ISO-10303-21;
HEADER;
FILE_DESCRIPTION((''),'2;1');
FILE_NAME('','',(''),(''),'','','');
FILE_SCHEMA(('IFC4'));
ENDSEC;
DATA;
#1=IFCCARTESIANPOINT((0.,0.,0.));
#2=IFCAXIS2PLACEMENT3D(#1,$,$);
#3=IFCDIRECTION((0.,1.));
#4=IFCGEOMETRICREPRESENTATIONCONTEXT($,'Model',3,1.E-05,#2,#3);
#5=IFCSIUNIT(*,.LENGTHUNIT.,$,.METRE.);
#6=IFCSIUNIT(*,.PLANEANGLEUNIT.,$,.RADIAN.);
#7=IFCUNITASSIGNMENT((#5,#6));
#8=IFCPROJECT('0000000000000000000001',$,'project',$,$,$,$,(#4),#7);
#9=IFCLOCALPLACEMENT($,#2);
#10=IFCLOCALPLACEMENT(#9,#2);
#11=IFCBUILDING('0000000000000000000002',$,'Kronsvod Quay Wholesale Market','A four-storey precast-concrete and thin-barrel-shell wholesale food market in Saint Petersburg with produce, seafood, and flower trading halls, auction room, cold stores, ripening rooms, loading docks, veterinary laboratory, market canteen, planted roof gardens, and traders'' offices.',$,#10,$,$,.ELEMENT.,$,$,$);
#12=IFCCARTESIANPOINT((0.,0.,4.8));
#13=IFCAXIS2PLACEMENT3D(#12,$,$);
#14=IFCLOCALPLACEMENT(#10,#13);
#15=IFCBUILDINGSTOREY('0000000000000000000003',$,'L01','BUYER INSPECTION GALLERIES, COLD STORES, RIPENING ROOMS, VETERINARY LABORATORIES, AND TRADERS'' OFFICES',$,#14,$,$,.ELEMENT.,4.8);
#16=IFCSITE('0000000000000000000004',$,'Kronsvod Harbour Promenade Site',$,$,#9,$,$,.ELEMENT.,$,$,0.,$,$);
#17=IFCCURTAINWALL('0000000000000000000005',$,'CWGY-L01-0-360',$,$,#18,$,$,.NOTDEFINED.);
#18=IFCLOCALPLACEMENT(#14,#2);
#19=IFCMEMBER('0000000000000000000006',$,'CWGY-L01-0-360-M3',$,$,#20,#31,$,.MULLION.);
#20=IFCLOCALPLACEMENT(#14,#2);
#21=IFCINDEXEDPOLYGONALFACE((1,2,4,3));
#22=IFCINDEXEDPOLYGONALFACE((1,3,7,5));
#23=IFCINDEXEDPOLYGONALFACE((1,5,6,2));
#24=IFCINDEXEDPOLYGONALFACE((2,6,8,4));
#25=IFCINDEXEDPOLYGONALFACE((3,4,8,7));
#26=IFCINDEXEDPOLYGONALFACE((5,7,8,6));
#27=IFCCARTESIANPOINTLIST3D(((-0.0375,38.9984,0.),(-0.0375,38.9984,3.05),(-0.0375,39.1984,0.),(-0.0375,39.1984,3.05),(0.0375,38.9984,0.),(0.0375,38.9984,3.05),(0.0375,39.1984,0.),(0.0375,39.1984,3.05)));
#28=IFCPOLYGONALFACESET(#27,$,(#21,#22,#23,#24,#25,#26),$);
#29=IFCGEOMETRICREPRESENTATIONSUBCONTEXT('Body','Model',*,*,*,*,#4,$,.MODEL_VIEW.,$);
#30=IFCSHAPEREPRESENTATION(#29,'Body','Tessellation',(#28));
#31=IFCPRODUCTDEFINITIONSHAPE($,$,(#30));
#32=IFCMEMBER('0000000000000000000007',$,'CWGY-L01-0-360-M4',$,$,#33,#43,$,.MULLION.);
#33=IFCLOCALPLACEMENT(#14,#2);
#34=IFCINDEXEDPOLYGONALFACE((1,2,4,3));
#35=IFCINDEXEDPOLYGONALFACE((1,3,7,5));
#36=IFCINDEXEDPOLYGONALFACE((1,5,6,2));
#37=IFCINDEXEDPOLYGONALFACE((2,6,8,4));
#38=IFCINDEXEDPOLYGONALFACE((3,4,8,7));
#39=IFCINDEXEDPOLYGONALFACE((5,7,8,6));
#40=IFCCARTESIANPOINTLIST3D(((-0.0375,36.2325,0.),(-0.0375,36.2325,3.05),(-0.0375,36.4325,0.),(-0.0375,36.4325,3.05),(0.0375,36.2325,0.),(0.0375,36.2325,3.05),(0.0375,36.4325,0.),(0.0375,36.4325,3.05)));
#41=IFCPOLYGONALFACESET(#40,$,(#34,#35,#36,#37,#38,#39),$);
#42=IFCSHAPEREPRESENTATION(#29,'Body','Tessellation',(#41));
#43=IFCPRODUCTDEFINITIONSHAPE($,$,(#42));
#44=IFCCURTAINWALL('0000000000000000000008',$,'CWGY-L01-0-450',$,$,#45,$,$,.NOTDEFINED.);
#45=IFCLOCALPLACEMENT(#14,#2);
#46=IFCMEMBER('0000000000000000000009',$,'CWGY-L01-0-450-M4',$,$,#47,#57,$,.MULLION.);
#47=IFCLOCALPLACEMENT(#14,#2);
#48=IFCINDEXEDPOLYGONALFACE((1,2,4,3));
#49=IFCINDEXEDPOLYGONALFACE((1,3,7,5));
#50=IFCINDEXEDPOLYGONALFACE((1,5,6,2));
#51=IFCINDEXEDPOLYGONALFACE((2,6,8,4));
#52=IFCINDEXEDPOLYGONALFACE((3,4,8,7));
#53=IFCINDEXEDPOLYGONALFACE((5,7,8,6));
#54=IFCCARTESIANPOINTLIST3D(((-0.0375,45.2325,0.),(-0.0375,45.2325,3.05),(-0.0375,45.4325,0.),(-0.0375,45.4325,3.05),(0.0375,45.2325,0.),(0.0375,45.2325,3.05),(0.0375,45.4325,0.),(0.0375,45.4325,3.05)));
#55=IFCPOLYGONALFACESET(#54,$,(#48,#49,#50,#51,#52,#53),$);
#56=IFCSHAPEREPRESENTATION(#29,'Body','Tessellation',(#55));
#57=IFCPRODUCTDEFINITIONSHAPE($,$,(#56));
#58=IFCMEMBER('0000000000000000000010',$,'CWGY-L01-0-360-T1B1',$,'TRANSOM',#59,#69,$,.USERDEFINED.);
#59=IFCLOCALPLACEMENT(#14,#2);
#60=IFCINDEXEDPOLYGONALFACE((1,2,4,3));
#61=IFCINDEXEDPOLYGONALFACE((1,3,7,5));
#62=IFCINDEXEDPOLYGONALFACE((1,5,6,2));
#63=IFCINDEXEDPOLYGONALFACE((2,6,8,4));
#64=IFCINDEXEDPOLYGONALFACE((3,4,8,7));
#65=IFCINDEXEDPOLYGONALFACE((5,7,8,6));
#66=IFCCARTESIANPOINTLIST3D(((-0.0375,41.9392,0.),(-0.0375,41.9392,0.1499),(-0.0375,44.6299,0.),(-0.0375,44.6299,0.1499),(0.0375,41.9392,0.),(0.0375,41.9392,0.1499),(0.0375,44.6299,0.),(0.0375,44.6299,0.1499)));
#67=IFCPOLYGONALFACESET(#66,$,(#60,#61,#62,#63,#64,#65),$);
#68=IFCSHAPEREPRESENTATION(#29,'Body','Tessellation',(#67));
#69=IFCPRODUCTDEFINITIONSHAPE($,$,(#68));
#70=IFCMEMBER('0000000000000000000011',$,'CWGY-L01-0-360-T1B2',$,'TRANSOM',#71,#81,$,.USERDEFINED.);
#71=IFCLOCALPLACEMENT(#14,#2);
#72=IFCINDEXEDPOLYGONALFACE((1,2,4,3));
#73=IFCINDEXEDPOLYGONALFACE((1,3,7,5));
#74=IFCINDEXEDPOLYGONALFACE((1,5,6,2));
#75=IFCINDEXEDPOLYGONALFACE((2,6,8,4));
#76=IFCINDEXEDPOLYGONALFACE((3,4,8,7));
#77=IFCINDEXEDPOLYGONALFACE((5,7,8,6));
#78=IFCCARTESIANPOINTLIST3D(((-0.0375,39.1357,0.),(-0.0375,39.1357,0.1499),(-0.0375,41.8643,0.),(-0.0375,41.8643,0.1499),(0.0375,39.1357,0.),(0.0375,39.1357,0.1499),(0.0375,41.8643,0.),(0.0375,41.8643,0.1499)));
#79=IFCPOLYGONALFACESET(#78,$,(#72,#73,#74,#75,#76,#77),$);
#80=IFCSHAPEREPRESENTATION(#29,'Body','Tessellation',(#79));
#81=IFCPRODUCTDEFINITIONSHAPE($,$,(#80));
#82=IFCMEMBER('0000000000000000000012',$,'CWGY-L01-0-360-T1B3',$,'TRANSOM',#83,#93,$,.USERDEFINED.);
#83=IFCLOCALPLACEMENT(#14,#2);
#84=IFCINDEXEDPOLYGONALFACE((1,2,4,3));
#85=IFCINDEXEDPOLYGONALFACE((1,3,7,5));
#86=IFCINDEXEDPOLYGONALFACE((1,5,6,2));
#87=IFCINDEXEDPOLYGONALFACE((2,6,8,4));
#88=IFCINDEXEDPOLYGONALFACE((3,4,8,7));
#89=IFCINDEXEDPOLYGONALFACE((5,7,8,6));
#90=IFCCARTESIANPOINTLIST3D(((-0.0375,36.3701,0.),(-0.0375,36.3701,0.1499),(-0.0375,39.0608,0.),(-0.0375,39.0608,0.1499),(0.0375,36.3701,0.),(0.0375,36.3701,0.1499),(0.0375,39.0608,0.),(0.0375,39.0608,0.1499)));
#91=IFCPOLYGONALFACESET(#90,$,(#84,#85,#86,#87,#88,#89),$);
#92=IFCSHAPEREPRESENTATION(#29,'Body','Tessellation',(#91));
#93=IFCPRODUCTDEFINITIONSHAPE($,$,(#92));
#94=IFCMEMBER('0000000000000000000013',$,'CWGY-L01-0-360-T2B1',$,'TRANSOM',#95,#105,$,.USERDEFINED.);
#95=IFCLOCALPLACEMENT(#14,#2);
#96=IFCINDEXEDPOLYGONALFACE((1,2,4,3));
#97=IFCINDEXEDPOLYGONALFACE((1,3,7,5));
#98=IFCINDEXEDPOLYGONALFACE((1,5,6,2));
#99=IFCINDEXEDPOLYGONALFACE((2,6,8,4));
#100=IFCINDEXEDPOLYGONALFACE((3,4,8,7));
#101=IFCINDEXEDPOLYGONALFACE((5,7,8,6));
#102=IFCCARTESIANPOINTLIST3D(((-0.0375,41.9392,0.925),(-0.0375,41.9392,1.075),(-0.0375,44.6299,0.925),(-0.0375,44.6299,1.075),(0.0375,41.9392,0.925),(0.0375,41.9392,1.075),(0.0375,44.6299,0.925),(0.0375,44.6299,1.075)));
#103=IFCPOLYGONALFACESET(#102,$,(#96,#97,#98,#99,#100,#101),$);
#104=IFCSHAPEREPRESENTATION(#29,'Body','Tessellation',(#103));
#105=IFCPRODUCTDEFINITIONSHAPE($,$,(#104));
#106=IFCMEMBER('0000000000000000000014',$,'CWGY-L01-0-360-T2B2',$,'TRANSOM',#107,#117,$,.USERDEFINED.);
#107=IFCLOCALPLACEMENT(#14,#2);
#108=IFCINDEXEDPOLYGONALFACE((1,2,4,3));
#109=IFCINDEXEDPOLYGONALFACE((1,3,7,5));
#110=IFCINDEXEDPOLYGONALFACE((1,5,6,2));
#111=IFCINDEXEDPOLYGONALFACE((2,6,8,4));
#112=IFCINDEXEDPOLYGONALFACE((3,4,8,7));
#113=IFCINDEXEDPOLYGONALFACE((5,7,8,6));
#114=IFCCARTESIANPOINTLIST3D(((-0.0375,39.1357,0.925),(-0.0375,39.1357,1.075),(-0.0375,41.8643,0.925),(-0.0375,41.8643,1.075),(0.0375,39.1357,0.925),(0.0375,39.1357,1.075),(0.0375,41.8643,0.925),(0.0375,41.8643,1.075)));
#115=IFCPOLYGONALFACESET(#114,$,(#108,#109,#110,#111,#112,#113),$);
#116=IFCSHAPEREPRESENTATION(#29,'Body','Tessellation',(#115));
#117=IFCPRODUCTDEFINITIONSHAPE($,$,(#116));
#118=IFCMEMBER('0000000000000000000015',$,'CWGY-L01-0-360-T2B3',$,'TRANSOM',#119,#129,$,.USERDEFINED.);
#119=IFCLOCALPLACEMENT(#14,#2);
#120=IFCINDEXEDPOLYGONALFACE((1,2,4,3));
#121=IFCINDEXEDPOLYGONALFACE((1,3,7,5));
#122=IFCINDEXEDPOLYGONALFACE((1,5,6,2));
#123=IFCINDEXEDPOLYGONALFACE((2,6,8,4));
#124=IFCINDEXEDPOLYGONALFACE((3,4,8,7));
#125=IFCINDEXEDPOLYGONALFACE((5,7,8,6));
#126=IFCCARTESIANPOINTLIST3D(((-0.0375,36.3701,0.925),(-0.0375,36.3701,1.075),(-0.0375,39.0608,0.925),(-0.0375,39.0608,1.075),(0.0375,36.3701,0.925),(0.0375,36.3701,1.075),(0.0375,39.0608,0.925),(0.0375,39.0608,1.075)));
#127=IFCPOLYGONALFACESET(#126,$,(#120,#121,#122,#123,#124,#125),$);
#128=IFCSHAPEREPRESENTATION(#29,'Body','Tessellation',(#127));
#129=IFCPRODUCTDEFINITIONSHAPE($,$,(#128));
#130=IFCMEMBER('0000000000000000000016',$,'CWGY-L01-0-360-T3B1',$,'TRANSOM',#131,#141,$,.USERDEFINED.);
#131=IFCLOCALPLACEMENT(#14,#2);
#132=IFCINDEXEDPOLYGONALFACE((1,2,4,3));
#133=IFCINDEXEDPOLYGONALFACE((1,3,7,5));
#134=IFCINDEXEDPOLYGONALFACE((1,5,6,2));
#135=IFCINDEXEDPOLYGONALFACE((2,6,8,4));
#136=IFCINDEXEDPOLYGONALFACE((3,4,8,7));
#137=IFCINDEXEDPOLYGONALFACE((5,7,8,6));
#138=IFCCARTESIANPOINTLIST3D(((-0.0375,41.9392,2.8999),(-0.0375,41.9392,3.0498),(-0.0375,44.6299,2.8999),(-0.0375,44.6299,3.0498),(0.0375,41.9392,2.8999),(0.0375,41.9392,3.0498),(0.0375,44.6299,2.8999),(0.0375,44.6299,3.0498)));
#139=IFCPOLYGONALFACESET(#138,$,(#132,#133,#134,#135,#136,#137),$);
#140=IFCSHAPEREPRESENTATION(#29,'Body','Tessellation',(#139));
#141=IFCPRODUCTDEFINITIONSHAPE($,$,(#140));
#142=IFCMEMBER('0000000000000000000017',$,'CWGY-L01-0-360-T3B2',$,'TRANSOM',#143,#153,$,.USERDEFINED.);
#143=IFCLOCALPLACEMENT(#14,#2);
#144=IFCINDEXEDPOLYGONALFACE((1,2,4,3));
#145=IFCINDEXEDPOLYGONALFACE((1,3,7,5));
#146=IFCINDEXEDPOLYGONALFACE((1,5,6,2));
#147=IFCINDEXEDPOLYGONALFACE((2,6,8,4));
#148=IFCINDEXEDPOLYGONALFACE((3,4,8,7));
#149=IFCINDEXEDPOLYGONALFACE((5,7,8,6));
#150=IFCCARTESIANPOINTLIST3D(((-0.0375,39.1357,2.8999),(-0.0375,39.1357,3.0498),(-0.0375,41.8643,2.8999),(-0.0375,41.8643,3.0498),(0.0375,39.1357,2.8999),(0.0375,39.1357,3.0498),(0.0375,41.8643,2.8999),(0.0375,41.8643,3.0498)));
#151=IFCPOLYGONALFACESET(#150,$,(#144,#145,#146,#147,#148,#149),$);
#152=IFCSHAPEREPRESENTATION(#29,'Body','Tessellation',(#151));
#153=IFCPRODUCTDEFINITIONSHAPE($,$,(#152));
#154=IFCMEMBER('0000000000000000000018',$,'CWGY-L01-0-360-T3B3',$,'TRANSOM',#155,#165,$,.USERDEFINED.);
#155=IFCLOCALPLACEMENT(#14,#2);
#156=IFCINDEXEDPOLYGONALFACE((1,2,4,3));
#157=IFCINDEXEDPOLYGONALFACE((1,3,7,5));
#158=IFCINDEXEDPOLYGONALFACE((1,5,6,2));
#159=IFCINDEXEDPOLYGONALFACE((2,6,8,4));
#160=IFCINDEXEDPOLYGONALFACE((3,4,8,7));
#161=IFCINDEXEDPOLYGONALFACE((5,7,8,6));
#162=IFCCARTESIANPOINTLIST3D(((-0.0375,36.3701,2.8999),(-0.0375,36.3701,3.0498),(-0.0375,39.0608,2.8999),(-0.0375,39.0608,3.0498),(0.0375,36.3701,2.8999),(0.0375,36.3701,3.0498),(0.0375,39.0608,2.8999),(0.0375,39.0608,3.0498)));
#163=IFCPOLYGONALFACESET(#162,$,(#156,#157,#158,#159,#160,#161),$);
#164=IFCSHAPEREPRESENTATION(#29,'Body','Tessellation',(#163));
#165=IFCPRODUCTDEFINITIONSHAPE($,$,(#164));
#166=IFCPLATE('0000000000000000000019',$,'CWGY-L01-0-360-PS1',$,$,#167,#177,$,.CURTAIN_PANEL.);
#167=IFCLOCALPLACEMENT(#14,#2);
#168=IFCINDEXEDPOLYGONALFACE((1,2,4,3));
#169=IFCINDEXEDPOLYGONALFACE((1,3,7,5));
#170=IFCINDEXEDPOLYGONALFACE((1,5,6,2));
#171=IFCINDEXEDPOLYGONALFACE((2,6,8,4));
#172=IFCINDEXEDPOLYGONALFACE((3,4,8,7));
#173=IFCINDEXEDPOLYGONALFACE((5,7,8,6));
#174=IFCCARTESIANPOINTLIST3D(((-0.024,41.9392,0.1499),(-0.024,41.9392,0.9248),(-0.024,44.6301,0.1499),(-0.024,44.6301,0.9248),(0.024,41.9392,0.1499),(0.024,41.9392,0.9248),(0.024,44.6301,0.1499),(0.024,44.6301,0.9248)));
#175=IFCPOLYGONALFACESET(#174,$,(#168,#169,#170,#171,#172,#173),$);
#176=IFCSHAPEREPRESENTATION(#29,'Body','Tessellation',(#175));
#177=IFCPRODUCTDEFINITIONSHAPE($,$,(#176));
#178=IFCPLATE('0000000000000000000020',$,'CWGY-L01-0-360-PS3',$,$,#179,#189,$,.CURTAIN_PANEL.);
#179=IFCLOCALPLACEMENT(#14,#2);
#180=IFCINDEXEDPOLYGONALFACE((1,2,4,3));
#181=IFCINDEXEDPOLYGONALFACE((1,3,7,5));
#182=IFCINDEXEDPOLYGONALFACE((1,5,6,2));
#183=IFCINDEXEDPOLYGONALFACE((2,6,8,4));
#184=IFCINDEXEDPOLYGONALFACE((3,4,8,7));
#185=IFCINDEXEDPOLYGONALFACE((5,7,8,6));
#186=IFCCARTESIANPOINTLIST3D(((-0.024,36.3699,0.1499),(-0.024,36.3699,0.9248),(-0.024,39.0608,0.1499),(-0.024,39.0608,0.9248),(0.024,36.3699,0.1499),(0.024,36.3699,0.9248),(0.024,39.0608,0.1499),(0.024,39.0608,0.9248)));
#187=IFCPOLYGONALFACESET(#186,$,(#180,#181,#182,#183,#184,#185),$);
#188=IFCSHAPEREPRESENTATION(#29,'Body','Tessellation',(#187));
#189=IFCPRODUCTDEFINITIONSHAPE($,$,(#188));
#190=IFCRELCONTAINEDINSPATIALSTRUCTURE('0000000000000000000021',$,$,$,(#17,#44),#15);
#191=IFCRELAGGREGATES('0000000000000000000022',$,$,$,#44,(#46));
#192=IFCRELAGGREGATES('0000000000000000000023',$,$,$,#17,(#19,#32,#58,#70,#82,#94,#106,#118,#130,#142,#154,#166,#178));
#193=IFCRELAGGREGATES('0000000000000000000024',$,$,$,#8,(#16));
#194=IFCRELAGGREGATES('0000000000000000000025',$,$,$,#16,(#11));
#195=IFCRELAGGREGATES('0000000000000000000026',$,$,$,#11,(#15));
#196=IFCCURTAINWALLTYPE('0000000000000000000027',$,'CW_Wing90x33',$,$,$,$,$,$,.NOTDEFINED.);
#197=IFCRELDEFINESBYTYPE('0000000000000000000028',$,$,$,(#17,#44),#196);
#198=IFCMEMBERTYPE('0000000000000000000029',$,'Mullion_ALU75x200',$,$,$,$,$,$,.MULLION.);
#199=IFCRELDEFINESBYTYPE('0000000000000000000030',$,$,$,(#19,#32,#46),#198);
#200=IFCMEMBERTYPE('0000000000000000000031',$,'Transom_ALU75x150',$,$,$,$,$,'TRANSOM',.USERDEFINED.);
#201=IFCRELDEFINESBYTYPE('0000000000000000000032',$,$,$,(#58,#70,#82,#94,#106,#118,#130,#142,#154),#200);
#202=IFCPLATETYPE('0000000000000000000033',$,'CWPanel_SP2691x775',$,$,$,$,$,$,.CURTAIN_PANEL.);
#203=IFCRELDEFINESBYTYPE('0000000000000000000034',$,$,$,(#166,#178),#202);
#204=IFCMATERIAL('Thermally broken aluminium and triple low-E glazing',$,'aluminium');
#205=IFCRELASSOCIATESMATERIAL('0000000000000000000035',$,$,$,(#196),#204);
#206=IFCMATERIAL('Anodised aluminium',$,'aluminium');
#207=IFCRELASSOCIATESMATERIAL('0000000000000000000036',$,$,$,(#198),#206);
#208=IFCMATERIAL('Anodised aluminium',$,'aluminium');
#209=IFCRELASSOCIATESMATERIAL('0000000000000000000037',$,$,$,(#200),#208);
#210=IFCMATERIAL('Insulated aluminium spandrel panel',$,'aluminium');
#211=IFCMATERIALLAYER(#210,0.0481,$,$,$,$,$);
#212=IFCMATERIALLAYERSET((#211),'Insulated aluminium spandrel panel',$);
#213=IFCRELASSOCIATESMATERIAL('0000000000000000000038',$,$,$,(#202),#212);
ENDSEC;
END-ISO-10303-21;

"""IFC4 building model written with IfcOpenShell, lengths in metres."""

from ifc_helpers import new_model, si_unit, direction, frame, origin, origin_2d, place, context, subcontext, project, spatial, rectangle, extrude, material, layer, layer_set, material_profile, profile_set, type_object, element, aggregate, save


model = new_model("IFC4")

# Units and contexts
model_context = context("Model", 3, precision=1e-05, world=origin(), true_north=direction((0.0, 1.0)))
body_context = subcontext(model_context, "Body", "Model", "MODEL_VIEW")
ifc_project = project(units=[si_unit("LENGTHUNIT", "METRE"), si_unit("PLANEANGLEUNIT", "RADIAN")], contexts=[model_context])

# Site, building, storey
site_placement = place(None, origin())
site = spatial("IfcSite", under=ifc_project, at=site_placement, Name="Kronsvod Harbour Promenade Site", CompositionType="ELEMENT", RefElevation=0.0)
building_placement = place(site_placement, origin())
building = spatial("IfcBuilding", under=site, at=building_placement, Name="Kronsvod Quay Wholesale Market", Description="A four-storey precast-concrete and thin-barrel-shell wholesale food market in Saint Petersburg with produce, seafood, and flower trading halls, auction room, cold stores, ripening rooms, loading docks, veterinary laboratory, market canteen, planted roof gardens, and traders' offices.", CompositionType="ELEMENT")
storey_placement = place(building_placement, frame((0.0, 0.0, 4.8)))
storey = spatial("IfcBuildingStorey", under=building, at=storey_placement, Name="L01", Description="BUYER INSPECTION GALLERIES, COLD STORES, RIPENING ROOMS, VETERINARY LABORATORIES, AND TRADERS' OFFICES", CompositionType="ELEMENT", Elevation=4.8)

# Curtain wall, members
ifc_material_1 = material(Name="Thermally broken aluminium and triple low-E glazing", Category="aluminium")
curtain_wall_type = type_object("IfcCurtainWallType", Name="CW_Wing90x33", PredefinedType="NOTDEFINED", material=ifc_material_1)
curtain_wall_1_placement = place(storey_placement, origin())
curtain_wall_1 = element("IfcCurtainWall", 1, at=curtain_wall_1_placement, inside=storey, type_object=curtain_wall_type, Name="CWGY-L01-0-360", PredefinedType="NOTDEFINED")
ifc_material_2 = material(Name="Anodised aluminium", Category="aluminium")
ifc_material_profile_1 = material_profile(ifc_material_2, rectangle(XDim=0.075, YDim=0.2, at=origin_2d()), Name="ALUM75x200")
ifc_profile_set_1 = profile_set([ifc_material_profile_1], Name="Anodised aluminium")
member_type_1 = type_object("IfcMemberType", Name="Mullion_ALU75x200", PredefinedType="MULLION", material=ifc_profile_set_1)
member_1_placement = place(storey_placement, frame((0.0, 39.0984, 0.0), z_axis=(0.0, 0.0, 1.0), x_axis=(1.0, 0.0, 0.0)))
member_1 = element("IfcMember", 2, at=member_1_placement, type_object=member_type_1, Name="CWGY-L01-0-360-M3", PredefinedType="MULLION", context=body_context, shape_type="SweptSolid", body=[
    extrude(rectangle(XDim=0.075, YDim=0.2, at=origin_2d()), origin(), (0.0, 0.0, 1.0), 3.05),
])
member_2_placement = place(storey_placement, frame((0.0, 36.3325, 0.0), z_axis=(0.0, 0.0, 1.0), x_axis=(1.0, 0.0, 0.0)))
member_2 = element("IfcMember", 3, at=member_2_placement, type_object=member_type_1, Name="CWGY-L01-0-360-M4", PredefinedType="MULLION", context=body_context, shape_type="SweptSolid", body=[
    extrude(rectangle(XDim=0.075, YDim=0.2, at=origin_2d()), origin(), (0.0, 0.0, 1.0), 3.05),
])

# Curtain wall, member
curtain_wall_2_placement = place(storey_placement, origin())
curtain_wall_2 = element("IfcCurtainWall", 4, at=curtain_wall_2_placement, inside=storey, type_object=curtain_wall_type, Name="CWGY-L01-0-450", PredefinedType="NOTDEFINED")
member_3_placement = place(storey_placement, frame((0.0, 45.3325, 0.0), z_axis=(0.0, 0.0, 1.0), x_axis=(1.0, 0.0, 0.0)))
member_3 = element("IfcMember", 5, at=member_3_placement, type_object=member_type_1, Name="CWGY-L01-0-450-M4", PredefinedType="MULLION", context=body_context, shape_type="SweptSolid", body=[
    extrude(rectangle(XDim=0.075, YDim=0.2, at=origin_2d()), origin(), (0.0, 0.0, 1.0), 3.05),
])

# Members
ifc_material_3 = material(Name="Anodised aluminium", Category="aluminium")
ifc_material_profile_2 = material_profile(ifc_material_3, rectangle(XDim=0.075, YDim=0.1499, at=origin_2d()), Name="ALUT75x150")
ifc_profile_set_2 = profile_set([ifc_material_profile_2], Name="Anodised aluminium")
member_type_2 = type_object("IfcMemberType", Name="Transom_ALU75x150", ElementType="TRANSOM", PredefinedType="USERDEFINED", material=ifc_profile_set_2)
member_4_placement = place(storey_placement, frame((0.0, 44.6299, 0.075), z_axis=(0.0, -1.0, 0.0), x_axis=(1.0, 0.0, 0.0)))
member_4 = element("IfcMember", 6, at=member_4_placement, type_object=member_type_2, Name="CWGY-L01-0-360-T1B1", ObjectType="TRANSOM", PredefinedType="USERDEFINED", context=body_context, shape_type="SweptSolid", body=[
    extrude(rectangle(XDim=0.075, YDim=0.1499, at=origin_2d()), origin(), (0.0, 0.0, 1.0), 2.6907),
])
member_5_placement = place(storey_placement, frame((0.0, 41.8643, 0.075), z_axis=(0.0, -1.0, 0.0), x_axis=(1.0, 0.0, 0.0)))
member_5 = element("IfcMember", 7, at=member_5_placement, type_object=member_type_2, Name="CWGY-L01-0-360-T1B2", ObjectType="TRANSOM", PredefinedType="USERDEFINED", context=body_context, shape_type="SweptSolid", body=[
    extrude(rectangle(XDim=0.075, YDim=0.1499, at=origin_2d()), origin(), (0.0, 0.0, 1.0), 2.7285),
])
member_6_placement = place(storey_placement, frame((0.0, 39.0608, 0.075), z_axis=(0.0, -1.0, 0.0), x_axis=(1.0, 0.0, 0.0)))
member_6 = element("IfcMember", 8, at=member_6_placement, type_object=member_type_2, Name="CWGY-L01-0-360-T1B3", ObjectType="TRANSOM", PredefinedType="USERDEFINED", context=body_context, shape_type="SweptSolid", body=[
    extrude(rectangle(XDim=0.075, YDim=0.1499, at=origin_2d()), origin(), (0.0, 0.0, 1.0), 2.6907),
])
member_7_placement = place(storey_placement, frame((0.0, 44.6299, 1.0), z_axis=(0.0, -1.0, 0.0), x_axis=(1.0, 0.0, 0.0)))
member_7 = element("IfcMember", 9, at=member_7_placement, type_object=member_type_2, Name="CWGY-L01-0-360-T2B1", ObjectType="TRANSOM", PredefinedType="USERDEFINED", context=body_context, shape_type="SweptSolid", body=[
    extrude(rectangle(XDim=0.075, YDim=0.1499, at=origin_2d()), origin(), (0.0, 0.0, 1.0), 2.6907),
])
member_8_placement = place(storey_placement, frame((0.0, 41.8643, 1.0), z_axis=(0.0, -1.0, 0.0), x_axis=(1.0, 0.0, 0.0)))
member_8 = element("IfcMember", 10, at=member_8_placement, type_object=member_type_2, Name="CWGY-L01-0-360-T2B2", ObjectType="TRANSOM", PredefinedType="USERDEFINED", context=body_context, shape_type="SweptSolid", body=[
    extrude(rectangle(XDim=0.075, YDim=0.1499, at=origin_2d()), origin(), (0.0, 0.0, 1.0), 2.7285),
])
member_9_placement = place(storey_placement, frame((0.0, 39.0608, 1.0), z_axis=(0.0, -1.0, 0.0), x_axis=(1.0, 0.0, 0.0)))
member_9 = element("IfcMember", 11, at=member_9_placement, type_object=member_type_2, Name="CWGY-L01-0-360-T2B3", ObjectType="TRANSOM", PredefinedType="USERDEFINED", context=body_context, shape_type="SweptSolid", body=[
    extrude(rectangle(XDim=0.075, YDim=0.1499, at=origin_2d()), origin(), (0.0, 0.0, 1.0), 2.6907),
])
member_10_placement = place(storey_placement, frame((0.0, 44.6299, 2.9749), z_axis=(0.0, -1.0, 0.0), x_axis=(1.0, 0.0, 0.0)))
member_10 = element("IfcMember", 12, at=member_10_placement, type_object=member_type_2, Name="CWGY-L01-0-360-T3B1", ObjectType="TRANSOM", PredefinedType="USERDEFINED", context=body_context, shape_type="SweptSolid", body=[
    extrude(rectangle(XDim=0.075, YDim=0.1499, at=origin_2d()), origin(), (0.0, 0.0, 1.0), 2.6907),
])
member_11_placement = place(storey_placement, frame((0.0, 41.8643, 2.9749), z_axis=(0.0, -1.0, 0.0), x_axis=(1.0, 0.0, 0.0)))
member_11 = element("IfcMember", 13, at=member_11_placement, type_object=member_type_2, Name="CWGY-L01-0-360-T3B2", ObjectType="TRANSOM", PredefinedType="USERDEFINED", context=body_context, shape_type="SweptSolid", body=[
    extrude(rectangle(XDim=0.075, YDim=0.1499, at=origin_2d()), origin(), (0.0, 0.0, 1.0), 2.7285),
])
member_12_placement = place(storey_placement, frame((0.0, 39.0608, 2.9749), z_axis=(0.0, -1.0, 0.0), x_axis=(1.0, 0.0, 0.0)))
member_12 = element("IfcMember", 14, at=member_12_placement, type_object=member_type_2, Name="CWGY-L01-0-360-T3B3", ObjectType="TRANSOM", PredefinedType="USERDEFINED", context=body_context, shape_type="SweptSolid", body=[
    extrude(rectangle(XDim=0.075, YDim=0.1499, at=origin_2d()), origin(), (0.0, 0.0, 1.0), 2.6907),
])

# Plates
ifc_material_4 = material(Name="Insulated aluminium spandrel panel", Category="aluminium")
ifc_layer_1 = layer(ifc_material_4, 0.0481)
ifc_layer_set_1 = layer_set([ifc_layer_1], Name="Insulated aluminium spandrel panel")
plate_type_1 = type_object("IfcPlateType", Name="CWPanel_SP2691x775", PredefinedType="CURTAIN_PANEL", material=ifc_layer_set_1)
plate_1_placement = place(storey_placement, frame((0.0, 43.2847, 0.1499), z_axis=(0.0, 0.0, 1.0), x_axis=(0.0, -1.0, 0.0)))
plate_1 = element("IfcPlate", 15, at=plate_1_placement, type_object=plate_type_1, Name="CWGY-L01-0-360-PS1", PredefinedType="CURTAIN_PANEL", context=body_context, shape_type="SweptSolid", body=[
    extrude(rectangle(XDim=2.6909, YDim=0.0481, at=origin_2d()), origin(), (0.0, 0.0, 1.0), 0.7749),
])
plate_2_placement = place(storey_placement, frame((0.0, 37.7153, 0.1499), z_axis=(0.0, 0.0, 1.0), x_axis=(0.0, -1.0, 0.0)))
plate_2 = element("IfcPlate", 16, at=plate_2_placement, type_object=plate_type_1, Name="CWGY-L01-0-360-PS3", PredefinedType="CURTAIN_PANEL", context=body_context, shape_type="SweptSolid", body=[
    extrude(rectangle(XDim=2.6909, YDim=0.0481, at=origin_2d()), origin(), (0.0, 0.0, 1.0), 0.7749),
])
aggregate(curtain_wall_2, [member_3])
aggregate(curtain_wall_1, [member_1, member_2, member_4, member_5, member_6, member_7, member_8, member_9, member_10, member_11, member_12, plate_1, plate_2])

save(model, "model.ifc")
